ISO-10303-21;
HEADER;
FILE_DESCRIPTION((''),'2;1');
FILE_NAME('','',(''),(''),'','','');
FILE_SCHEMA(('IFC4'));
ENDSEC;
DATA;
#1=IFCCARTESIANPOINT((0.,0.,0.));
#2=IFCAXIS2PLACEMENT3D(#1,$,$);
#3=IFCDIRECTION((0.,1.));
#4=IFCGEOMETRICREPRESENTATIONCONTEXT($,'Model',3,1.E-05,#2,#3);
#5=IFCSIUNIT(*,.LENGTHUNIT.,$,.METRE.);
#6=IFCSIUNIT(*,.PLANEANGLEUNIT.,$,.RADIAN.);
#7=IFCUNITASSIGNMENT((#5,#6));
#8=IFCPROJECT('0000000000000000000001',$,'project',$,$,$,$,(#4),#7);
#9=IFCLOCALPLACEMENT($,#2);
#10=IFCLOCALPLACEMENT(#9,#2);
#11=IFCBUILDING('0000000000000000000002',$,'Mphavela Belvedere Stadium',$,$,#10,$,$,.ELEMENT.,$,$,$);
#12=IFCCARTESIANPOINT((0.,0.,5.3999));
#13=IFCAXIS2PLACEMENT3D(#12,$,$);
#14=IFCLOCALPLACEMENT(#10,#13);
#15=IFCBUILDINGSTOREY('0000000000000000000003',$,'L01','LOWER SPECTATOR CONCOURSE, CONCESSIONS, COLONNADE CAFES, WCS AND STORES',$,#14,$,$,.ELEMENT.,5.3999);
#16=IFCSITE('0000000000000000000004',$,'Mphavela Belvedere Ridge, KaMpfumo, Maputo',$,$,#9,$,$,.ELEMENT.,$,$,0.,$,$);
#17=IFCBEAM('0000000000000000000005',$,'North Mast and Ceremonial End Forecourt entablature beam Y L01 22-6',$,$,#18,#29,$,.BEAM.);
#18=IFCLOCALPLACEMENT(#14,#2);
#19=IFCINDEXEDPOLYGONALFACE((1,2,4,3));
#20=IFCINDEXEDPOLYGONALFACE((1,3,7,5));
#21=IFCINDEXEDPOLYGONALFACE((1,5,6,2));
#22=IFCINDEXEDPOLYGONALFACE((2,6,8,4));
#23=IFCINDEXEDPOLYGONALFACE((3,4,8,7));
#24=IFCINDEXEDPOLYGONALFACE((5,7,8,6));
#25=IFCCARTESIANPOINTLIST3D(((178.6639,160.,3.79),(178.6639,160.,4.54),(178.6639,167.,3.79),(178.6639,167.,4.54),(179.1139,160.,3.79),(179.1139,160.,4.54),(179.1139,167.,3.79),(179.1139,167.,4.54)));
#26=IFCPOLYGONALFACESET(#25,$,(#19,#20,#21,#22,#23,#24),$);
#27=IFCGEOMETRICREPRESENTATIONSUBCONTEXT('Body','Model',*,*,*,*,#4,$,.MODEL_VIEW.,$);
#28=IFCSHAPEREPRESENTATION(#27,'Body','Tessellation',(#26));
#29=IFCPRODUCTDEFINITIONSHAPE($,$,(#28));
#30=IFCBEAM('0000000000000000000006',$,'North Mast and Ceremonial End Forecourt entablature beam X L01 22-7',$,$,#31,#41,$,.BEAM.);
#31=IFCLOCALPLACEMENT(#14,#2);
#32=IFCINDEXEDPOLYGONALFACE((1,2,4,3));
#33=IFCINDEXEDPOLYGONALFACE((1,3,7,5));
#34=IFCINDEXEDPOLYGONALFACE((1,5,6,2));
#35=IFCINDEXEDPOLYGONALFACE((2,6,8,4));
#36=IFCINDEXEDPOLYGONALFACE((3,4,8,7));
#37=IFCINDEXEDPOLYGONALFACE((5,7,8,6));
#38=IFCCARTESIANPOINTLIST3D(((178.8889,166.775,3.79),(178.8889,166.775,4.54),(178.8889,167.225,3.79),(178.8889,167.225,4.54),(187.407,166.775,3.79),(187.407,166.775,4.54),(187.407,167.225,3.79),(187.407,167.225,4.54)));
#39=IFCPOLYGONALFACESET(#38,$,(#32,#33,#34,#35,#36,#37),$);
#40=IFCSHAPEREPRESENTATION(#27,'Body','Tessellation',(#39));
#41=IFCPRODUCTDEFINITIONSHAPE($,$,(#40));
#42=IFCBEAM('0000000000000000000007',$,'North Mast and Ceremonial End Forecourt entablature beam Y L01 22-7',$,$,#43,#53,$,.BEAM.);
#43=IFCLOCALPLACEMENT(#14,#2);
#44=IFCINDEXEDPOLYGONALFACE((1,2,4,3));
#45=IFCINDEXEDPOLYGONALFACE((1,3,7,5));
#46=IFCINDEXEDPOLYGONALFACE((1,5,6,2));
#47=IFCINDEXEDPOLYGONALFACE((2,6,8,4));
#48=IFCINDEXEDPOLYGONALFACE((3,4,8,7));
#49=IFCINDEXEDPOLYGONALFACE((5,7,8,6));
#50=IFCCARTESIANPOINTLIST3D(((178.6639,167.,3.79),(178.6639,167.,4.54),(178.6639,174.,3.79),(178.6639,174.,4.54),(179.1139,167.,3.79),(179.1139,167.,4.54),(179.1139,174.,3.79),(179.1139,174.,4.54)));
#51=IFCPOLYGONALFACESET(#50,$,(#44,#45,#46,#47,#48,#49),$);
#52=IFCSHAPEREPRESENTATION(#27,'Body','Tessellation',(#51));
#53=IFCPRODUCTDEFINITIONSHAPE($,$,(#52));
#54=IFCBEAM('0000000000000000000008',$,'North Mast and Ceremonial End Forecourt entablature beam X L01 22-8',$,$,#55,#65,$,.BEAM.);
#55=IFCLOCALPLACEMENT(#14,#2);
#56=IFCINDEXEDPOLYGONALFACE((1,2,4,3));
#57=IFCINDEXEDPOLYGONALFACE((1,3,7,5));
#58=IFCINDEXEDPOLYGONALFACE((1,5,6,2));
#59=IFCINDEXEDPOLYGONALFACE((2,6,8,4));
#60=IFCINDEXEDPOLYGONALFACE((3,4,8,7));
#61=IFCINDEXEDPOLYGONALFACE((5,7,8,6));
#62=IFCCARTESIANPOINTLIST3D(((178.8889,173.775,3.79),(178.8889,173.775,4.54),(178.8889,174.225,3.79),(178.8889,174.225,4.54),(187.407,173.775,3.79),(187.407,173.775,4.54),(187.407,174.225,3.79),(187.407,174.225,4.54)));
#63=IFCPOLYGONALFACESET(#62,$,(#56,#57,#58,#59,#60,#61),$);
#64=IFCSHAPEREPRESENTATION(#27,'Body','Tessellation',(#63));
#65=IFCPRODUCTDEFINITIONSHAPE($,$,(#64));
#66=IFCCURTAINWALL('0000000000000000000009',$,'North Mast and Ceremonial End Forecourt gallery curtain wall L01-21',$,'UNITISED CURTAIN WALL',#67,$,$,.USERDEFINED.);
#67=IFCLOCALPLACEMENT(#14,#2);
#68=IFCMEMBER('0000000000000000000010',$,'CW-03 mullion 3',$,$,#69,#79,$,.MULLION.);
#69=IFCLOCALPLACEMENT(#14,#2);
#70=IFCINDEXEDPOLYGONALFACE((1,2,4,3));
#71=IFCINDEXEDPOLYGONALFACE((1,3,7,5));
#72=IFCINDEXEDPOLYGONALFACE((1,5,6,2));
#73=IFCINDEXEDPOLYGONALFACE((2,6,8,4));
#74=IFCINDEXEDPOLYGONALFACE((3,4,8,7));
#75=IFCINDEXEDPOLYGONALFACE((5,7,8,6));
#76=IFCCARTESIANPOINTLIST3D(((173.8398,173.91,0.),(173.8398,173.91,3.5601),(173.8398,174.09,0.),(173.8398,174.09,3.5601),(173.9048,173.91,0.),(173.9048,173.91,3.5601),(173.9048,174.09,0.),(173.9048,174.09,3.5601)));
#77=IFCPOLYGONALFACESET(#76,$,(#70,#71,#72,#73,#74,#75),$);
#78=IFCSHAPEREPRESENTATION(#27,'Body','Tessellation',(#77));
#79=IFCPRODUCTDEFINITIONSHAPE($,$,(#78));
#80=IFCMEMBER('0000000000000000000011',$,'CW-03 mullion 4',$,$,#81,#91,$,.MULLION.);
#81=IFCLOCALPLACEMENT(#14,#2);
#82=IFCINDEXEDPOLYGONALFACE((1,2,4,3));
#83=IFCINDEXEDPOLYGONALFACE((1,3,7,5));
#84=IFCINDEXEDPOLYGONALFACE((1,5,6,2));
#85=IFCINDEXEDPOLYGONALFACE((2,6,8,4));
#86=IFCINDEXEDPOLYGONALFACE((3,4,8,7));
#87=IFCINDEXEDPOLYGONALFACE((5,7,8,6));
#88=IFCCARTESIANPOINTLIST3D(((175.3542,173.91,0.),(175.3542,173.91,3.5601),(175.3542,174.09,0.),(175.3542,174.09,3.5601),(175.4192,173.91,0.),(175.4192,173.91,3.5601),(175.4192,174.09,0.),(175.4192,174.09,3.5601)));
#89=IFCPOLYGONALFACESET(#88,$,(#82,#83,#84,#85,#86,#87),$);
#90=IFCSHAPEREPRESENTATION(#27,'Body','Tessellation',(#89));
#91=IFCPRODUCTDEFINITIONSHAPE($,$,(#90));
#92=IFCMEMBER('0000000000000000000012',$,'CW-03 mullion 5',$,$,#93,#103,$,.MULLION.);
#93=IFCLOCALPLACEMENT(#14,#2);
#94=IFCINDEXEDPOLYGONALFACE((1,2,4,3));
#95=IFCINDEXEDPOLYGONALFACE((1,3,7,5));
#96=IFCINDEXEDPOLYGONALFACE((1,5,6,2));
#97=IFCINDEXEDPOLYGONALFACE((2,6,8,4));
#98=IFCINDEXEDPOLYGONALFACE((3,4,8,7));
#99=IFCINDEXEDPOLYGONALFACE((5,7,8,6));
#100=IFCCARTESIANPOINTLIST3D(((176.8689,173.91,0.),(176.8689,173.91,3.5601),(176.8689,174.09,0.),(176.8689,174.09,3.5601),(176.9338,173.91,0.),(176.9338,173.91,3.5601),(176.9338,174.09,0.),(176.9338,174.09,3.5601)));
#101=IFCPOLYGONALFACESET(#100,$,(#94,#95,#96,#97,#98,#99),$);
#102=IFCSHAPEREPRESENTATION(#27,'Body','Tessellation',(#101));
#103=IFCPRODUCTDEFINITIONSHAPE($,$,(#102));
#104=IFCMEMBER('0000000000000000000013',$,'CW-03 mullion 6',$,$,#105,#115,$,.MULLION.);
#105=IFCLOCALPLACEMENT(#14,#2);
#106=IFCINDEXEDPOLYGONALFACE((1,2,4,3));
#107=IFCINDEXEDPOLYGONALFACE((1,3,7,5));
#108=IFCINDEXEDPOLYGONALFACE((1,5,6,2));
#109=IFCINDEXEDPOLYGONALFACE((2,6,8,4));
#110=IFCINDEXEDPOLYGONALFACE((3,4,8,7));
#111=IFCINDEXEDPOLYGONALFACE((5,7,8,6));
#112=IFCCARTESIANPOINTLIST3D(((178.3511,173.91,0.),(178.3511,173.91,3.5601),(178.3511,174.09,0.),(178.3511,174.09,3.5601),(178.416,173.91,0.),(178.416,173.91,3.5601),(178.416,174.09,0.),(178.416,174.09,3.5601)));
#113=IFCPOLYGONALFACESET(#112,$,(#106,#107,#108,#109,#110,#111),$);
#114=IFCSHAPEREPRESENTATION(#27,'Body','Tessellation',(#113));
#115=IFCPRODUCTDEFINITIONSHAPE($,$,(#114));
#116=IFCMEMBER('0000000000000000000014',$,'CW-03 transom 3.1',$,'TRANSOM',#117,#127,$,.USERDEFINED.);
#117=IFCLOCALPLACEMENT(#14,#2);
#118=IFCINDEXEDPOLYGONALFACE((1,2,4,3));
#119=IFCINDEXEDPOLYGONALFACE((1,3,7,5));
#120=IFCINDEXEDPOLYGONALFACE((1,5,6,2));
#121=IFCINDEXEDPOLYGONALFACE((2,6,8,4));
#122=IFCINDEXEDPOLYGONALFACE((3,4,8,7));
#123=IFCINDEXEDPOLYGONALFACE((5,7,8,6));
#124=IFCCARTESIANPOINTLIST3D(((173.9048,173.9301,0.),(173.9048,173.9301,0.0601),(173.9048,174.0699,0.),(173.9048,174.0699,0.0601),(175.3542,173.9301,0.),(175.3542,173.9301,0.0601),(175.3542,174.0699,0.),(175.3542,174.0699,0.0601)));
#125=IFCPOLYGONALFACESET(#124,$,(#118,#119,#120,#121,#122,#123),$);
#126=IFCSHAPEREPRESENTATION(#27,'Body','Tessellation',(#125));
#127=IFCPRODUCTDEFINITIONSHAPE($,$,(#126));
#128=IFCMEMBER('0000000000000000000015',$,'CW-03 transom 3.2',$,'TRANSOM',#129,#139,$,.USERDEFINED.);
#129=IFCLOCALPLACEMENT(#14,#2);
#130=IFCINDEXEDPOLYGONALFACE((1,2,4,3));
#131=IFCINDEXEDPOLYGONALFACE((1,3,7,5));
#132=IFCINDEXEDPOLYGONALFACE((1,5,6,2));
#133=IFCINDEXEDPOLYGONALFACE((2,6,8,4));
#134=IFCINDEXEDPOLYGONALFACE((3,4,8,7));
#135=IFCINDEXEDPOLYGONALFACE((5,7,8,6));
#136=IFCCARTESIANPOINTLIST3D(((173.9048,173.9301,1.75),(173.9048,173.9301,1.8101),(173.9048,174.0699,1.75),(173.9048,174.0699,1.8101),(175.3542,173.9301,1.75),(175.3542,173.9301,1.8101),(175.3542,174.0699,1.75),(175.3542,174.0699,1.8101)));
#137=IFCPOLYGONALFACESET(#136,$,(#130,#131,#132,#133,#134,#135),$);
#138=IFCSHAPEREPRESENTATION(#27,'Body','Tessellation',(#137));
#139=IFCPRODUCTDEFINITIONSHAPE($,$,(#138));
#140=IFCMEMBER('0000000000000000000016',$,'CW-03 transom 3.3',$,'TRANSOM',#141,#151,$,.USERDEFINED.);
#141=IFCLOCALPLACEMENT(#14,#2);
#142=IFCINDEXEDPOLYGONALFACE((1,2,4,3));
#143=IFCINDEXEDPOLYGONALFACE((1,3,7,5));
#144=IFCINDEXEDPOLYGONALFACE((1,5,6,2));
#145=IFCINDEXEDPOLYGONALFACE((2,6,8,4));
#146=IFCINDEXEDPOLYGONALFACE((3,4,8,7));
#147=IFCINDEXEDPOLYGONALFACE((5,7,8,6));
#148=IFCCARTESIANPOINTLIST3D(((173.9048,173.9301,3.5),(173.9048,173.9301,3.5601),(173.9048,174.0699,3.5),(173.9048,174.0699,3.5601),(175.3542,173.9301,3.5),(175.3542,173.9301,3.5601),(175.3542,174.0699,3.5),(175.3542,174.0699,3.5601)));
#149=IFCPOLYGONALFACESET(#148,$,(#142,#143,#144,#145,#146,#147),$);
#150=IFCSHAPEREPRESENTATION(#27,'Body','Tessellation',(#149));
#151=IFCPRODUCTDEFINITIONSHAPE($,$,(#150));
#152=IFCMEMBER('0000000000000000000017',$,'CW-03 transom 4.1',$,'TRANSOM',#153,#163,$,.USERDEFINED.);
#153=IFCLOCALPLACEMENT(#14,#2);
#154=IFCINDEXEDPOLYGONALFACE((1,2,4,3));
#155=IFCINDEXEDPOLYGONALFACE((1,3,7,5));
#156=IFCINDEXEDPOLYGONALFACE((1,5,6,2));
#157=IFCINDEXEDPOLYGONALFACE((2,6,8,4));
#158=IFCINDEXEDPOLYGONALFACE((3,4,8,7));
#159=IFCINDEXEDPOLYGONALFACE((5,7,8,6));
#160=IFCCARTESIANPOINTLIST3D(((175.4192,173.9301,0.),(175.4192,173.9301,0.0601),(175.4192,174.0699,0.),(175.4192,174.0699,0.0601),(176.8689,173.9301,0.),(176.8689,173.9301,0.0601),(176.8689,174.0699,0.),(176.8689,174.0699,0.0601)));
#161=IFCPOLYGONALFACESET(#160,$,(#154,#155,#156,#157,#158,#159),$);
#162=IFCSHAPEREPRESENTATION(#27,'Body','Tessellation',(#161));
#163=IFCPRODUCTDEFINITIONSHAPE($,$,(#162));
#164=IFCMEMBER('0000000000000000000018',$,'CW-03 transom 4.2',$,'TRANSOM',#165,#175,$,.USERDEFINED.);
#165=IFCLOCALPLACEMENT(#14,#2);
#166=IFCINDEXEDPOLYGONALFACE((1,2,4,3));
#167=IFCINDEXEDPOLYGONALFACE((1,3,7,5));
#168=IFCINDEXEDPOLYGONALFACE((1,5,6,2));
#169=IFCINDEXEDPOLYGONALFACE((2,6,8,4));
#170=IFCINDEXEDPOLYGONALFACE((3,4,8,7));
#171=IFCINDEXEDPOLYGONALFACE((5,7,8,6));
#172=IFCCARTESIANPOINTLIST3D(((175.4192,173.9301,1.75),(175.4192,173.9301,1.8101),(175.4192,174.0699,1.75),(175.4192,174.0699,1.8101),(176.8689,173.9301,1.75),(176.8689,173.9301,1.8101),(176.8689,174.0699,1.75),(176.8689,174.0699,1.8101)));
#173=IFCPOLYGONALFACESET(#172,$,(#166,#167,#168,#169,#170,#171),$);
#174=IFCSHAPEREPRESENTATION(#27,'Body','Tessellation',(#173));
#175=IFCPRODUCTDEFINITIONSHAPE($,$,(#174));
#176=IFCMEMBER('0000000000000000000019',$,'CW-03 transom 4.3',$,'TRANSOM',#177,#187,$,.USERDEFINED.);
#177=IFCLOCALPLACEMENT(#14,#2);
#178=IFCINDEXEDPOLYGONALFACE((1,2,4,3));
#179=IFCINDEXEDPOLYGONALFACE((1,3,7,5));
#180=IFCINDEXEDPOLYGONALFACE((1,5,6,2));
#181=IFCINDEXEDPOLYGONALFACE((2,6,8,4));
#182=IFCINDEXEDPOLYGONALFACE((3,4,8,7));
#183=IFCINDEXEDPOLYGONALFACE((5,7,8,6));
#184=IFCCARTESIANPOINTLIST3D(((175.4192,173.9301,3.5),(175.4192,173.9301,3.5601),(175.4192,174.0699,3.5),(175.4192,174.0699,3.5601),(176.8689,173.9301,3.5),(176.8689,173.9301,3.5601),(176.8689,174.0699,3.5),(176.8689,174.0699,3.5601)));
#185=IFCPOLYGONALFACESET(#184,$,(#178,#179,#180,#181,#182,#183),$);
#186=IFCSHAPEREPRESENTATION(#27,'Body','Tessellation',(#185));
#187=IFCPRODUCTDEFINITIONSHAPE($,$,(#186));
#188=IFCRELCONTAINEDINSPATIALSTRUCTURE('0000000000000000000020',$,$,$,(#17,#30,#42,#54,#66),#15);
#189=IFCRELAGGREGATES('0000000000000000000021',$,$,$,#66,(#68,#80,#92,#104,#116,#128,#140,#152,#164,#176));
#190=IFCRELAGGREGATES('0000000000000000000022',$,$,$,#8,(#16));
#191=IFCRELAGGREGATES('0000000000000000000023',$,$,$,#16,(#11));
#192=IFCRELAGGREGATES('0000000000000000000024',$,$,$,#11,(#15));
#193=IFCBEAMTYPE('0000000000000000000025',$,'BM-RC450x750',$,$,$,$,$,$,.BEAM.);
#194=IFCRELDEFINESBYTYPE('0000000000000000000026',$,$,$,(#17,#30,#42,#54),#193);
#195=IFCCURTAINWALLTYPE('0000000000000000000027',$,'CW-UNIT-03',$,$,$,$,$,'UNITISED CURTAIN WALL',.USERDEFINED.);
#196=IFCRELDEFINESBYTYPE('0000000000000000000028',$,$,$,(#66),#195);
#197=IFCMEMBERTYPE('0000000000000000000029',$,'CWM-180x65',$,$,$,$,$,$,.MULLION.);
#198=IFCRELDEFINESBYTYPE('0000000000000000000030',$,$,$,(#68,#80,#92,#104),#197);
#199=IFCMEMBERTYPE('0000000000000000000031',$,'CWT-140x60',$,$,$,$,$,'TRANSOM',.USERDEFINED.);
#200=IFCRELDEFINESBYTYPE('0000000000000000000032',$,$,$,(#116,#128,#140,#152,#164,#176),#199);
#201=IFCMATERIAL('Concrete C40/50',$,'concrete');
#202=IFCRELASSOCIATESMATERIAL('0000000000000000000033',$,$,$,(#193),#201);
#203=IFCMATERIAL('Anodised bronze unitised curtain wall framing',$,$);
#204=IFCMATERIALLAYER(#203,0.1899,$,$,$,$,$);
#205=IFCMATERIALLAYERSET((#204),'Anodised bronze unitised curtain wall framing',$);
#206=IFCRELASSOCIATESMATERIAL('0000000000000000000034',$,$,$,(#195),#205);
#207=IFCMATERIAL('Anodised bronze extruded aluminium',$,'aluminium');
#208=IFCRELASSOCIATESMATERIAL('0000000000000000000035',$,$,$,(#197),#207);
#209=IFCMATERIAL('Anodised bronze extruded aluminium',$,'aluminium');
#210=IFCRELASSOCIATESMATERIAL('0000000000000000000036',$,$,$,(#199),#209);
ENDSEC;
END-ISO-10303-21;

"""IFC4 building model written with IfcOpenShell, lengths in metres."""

from ifc_helpers import new_model, si_unit, direction, frame, origin, origin_2d, place, context, subcontext, project, spatial, rectangle, extrude, material, layer, layer_set, material_profile, profile_set, type_object, element, aggregate, save


model = new_model("IFC4")

# Units and contexts
model_context = context("Model", 3, precision=1e-05, world=origin(), true_north=direction((0.0, 1.0)))
body_context = subcontext(model_context, "Body", "Model", "MODEL_VIEW")
ifc_project = project(units=[si_unit("LENGTHUNIT", "METRE"), si_unit("PLANEANGLEUNIT", "RADIAN")], contexts=[model_context])

# Site, building, storey
site_placement = place(None, origin())
site = spatial("IfcSite", under=ifc_project, at=site_placement, Name="Mphavela Belvedere Ridge, KaMpfumo, Maputo", CompositionType="ELEMENT", RefElevation=0.0)
building_placement = place(site_placement, origin())
building = spatial("IfcBuilding", under=site, at=building_placement, Name="Mphavela Belvedere Stadium", CompositionType="ELEMENT")
storey_placement = place(building_placement, frame((0.0, 0.0, 5.3999)))
storey = spatial("IfcBuildingStorey", under=building, at=storey_placement, Name="L01", Description="LOWER SPECTATOR CONCOURSE, CONCESSIONS, COLONNADE CAFES, WCS AND STORES", CompositionType="ELEMENT", Elevation=5.3999)

# Beams
ifc_material_1 = material(Name="Concrete C40/50", Category="concrete")
ifc_material_profile_1 = material_profile(ifc_material_1, rectangle(XDim=0.45, YDim=0.75, at=origin_2d()), Name="RC 450x750")
ifc_profile_set_1 = profile_set([ifc_material_profile_1], Name="Concrete C40/50")
beam_type_1 = type_object("IfcBeamType", Name="BM-RC450x750", PredefinedType="BEAM", material=ifc_profile_set_1)
beam_1_placement = place(storey_placement, frame((178.8889, 160.0, 4.165), z_axis=(0.0, 1.0, 0.0), x_axis=(-1.0, 0.0, 0.0)))
element("IfcBeam", 1, at=beam_1_placement, inside=storey, type_object=beam_type_1, Name="North Mast and Ceremonial End Forecourt entablature beam Y L01 22-6", PredefinedType="BEAM", context=body_context, shape_type="SweptSolid", body=[
    extrude(rectangle(XDim=0.45, YDim=0.75, at=origin_2d()), origin(), (0.0, 0.0, 1.0), 7.0),
])
beam_2_placement = place(storey_placement, frame((178.8889, 167.0, 4.165), z_axis=(1.0, 0.0, 0.0), x_axis=(0.0, 1.0, 0.0)))
element("IfcBeam", 2, at=beam_2_placement, inside=storey, type_object=beam_type_1, Name="North Mast and Ceremonial End Forecourt entablature beam X L01 22-7", PredefinedType="BEAM", context=body_context, shape_type="SweptSolid", body=[
    extrude(rectangle(XDim=0.45, YDim=0.75, at=origin_2d()), origin(), (0.0, 0.0, 1.0), 8.5181),
])
beam_3_placement = place(storey_placement, frame((178.8889, 167.0, 4.165), z_axis=(0.0, 1.0, 0.0), x_axis=(-1.0, 0.0, 0.0)))
element("IfcBeam", 3, at=beam_3_placement, inside=storey, type_object=beam_type_1, Name="North Mast and Ceremonial End Forecourt entablature beam Y L01 22-7", PredefinedType="BEAM", context=body_context, shape_type="SweptSolid", body=[
    extrude(rectangle(XDim=0.45, YDim=0.75, at=origin_2d()), origin(), (0.0, 0.0, 1.0), 7.0),
])
beam_4_placement = place(storey_placement, frame((178.8889, 174.0, 4.165), z_axis=(1.0, 0.0, 0.0), x_axis=(0.0, 1.0, 0.0)))
element("IfcBeam", 4, at=beam_4_placement, inside=storey, type_object=beam_type_1, Name="North Mast and Ceremonial End Forecourt entablature beam X L01 22-8", PredefinedType="BEAM", context=body_context, shape_type="SweptSolid", body=[
    extrude(rectangle(XDim=0.45, YDim=0.75, at=origin_2d()), origin(), (0.0, 0.0, 1.0), 8.5181),
])

# Curtain wall, members
ifc_material_2 = material(Name="Anodised bronze unitised curtain wall framing")
ifc_layer_1 = layer(ifc_material_2, 0.1899)
ifc_layer_set_1 = layer_set([ifc_layer_1], Name="Anodised bronze unitised curtain wall framing")
curtain_wall_type = type_object("IfcCurtainWallType", Name="CW-UNIT-03", ElementType="UNITISED CURTAIN WALL", PredefinedType="USERDEFINED", material=ifc_layer_set_1)
curtain_wall_placement = place(storey_placement, origin())
curtain_wall = element("IfcCurtainWall", 5, at=curtain_wall_placement, inside=storey, type_object=curtain_wall_type, Name="North Mast and Ceremonial End Forecourt gallery curtain wall L01-21", ObjectType="UNITISED CURTAIN WALL", PredefinedType="USERDEFINED")
ifc_material_3 = material(Name="Anodised bronze extruded aluminium", Category="aluminium")
ifc_material_profile_2 = material_profile(ifc_material_3, rectangle(XDim=0.1799, YDim=0.0649, at=origin_2d()), Name="CW-MUL 180x65")
ifc_profile_set_2 = profile_set([ifc_material_profile_2], Name="Anodised bronze extruded aluminium")
member_type_1 = type_object("IfcMemberType", Name="CWM-180x65", PredefinedType="MULLION", material=ifc_profile_set_2)
member_1_placement = place(storey_placement, frame((173.8723, 174.0, 0.0), z_axis=(0.0, 0.0, 1.0), x_axis=(0.0, 1.0, 0.0)))
member_1 = element("IfcMember", 6, at=member_1_placement, type_object=member_type_1, Name="CW-03 mullion 3", PredefinedType="MULLION", context=body_context, shape_type="SweptSolid", body=[
    extrude(rectangle(XDim=0.1799, YDim=0.0649, at=origin_2d()), origin(), (0.0, 0.0, 1.0), 3.5601),
])
member_2_placement = place(storey_placement, frame((175.3867, 174.0, 0.0), z_axis=(0.0, 0.0, 1.0), x_axis=(0.0, 1.0, 0.0)))
member_2 = element("IfcMember", 7, at=member_2_placement, type_object=member_type_1, Name="CW-03 mullion 4", PredefinedType="MULLION", context=body_context, shape_type="SweptSolid", body=[
    extrude(rectangle(XDim=0.1799, YDim=0.0649, at=origin_2d()), origin(), (0.0, 0.0, 1.0), 3.5601),
])
member_3_placement = place(storey_placement, frame((176.9014, 174.0, 0.0), z_axis=(0.0, 0.0, 1.0), x_axis=(0.0, 1.0, 0.0)))
member_3 = element("IfcMember", 8, at=member_3_placement, type_object=member_type_1, Name="CW-03 mullion 5", PredefinedType="MULLION", context=body_context, shape_type="SweptSolid", body=[
    extrude(rectangle(XDim=0.1799, YDim=0.0649, at=origin_2d()), origin(), (0.0, 0.0, 1.0), 3.5601),
])
member_4_placement = place(storey_placement, frame((178.3835, 174.0, 0.0), z_axis=(0.0, 0.0, 1.0), x_axis=(0.0, 1.0, 0.0)))
member_4 = element("IfcMember", 9, at=member_4_placement, type_object=member_type_1, Name="CW-03 mullion 6", PredefinedType="MULLION", context=body_context, shape_type="SweptSolid", body=[
    extrude(rectangle(XDim=0.1799, YDim=0.0649, at=origin_2d()), origin(), (0.0, 0.0, 1.0), 3.5601),
])
ifc_material_4 = material(Name="Anodised bronze extruded aluminium", Category="aluminium")
ifc_material_profile_3 = material_profile(ifc_material_4, rectangle(XDim=0.1399, YDim=0.0601, at=origin_2d()), Name="CW-TRN 140x60")
ifc_profile_set_3 = profile_set([ifc_material_profile_3], Name="Anodised bronze extruded aluminium")
member_type_2 = type_object("IfcMemberType", Name="CWT-140x60", ElementType="TRANSOM", PredefinedType="USERDEFINED", material=ifc_profile_set_3)
member_5_placement = place(storey_placement, frame((173.9048, 174.0, 0.03), z_axis=(1.0, 0.0, 0.0), x_axis=(0.0, 1.0, 0.0)))
member_5 = element("IfcMember", 10, at=member_5_placement, type_object=member_type_2, Name="CW-03 transom 3.1", ObjectType="TRANSOM", PredefinedType="USERDEFINED", context=body_context, shape_type="SweptSolid", body=[
    extrude(rectangle(XDim=0.1399, YDim=0.0601, at=origin_2d()), origin(), (0.0, 0.0, 1.0), 1.4495),
])
member_6_placement = place(storey_placement, frame((173.9048, 174.0, 1.78), z_axis=(1.0, 0.0, 0.0), x_axis=(0.0, 1.0, 0.0)))
member_6 = element("IfcMember", 11, at=member_6_placement, type_object=member_type_2, Name="CW-03 transom 3.2", ObjectType="TRANSOM", PredefinedType="USERDEFINED", context=body_context, shape_type="SweptSolid", body=[
    extrude(rectangle(XDim=0.1399, YDim=0.0601, at=origin_2d()), origin(), (0.0, 0.0, 1.0), 1.4495),
])
member_7_placement = place(storey_placement, frame((173.9048, 174.0, 3.53), z_axis=(1.0, 0.0, 0.0), x_axis=(0.0, 1.0, 0.0)))
member_7 = element("IfcMember", 12, at=member_7_placement, type_object=member_type_2, Name="CW-03 transom 3.3", ObjectType="TRANSOM", PredefinedType="USERDEFINED", context=body_context, shape_type="SweptSolid", body=[
    extrude(rectangle(XDim=0.1399, YDim=0.0601, at=origin_2d()), origin(), (0.0, 0.0, 1.0), 1.4495),
])
member_8_placement = place(storey_placement, frame((175.4192, 174.0, 0.03), z_axis=(1.0, 0.0, 0.0), x_axis=(0.0, 1.0, 0.0)))
member_8 = element("IfcMember", 13, at=member_8_placement, type_object=member_type_2, Name="CW-03 transom 4.1", ObjectType="TRANSOM", PredefinedType="USERDEFINED", context=body_context, shape_type="SweptSolid", body=[
    extrude(rectangle(XDim=0.1399, YDim=0.0601, at=origin_2d()), origin(), (0.0, 0.0, 1.0), 1.4497),
])
member_9_placement = place(storey_placement, frame((175.4192, 174.0, 1.78), z_axis=(1.0, 0.0, 0.0), x_axis=(0.0, 1.0, 0.0)))
member_9 = element("IfcMember", 14, at=member_9_placement, type_object=member_type_2, Name="CW-03 transom 4.2", ObjectType="TRANSOM", PredefinedType="USERDEFINED", context=body_context, shape_type="SweptSolid", body=[
    extrude(rectangle(XDim=0.1399, YDim=0.0601, at=origin_2d()), origin(), (0.0, 0.0, 1.0), 1.4497),
])
member_10_placement = place(storey_placement, frame((175.4192, 174.0, 3.53), z_axis=(1.0, 0.0, 0.0), x_axis=(0.0, 1.0, 0.0)))
member_10 = element("IfcMember", 15, at=member_10_placement, type_object=member_type_2, Name="CW-03 transom 4.3", ObjectType="TRANSOM", PredefinedType="USERDEFINED", context=body_context, shape_type="SweptSolid", body=[
    extrude(rectangle(XDim=0.1399, YDim=0.0601, at=origin_2d()), origin(), (0.0, 0.0, 1.0), 1.4497),
])
aggregate(curtain_wall, [member_1, member_2, member_3, member_4, member_5, member_6, member_7, member_8, member_9, member_10])

save(model, "model.ifc")
